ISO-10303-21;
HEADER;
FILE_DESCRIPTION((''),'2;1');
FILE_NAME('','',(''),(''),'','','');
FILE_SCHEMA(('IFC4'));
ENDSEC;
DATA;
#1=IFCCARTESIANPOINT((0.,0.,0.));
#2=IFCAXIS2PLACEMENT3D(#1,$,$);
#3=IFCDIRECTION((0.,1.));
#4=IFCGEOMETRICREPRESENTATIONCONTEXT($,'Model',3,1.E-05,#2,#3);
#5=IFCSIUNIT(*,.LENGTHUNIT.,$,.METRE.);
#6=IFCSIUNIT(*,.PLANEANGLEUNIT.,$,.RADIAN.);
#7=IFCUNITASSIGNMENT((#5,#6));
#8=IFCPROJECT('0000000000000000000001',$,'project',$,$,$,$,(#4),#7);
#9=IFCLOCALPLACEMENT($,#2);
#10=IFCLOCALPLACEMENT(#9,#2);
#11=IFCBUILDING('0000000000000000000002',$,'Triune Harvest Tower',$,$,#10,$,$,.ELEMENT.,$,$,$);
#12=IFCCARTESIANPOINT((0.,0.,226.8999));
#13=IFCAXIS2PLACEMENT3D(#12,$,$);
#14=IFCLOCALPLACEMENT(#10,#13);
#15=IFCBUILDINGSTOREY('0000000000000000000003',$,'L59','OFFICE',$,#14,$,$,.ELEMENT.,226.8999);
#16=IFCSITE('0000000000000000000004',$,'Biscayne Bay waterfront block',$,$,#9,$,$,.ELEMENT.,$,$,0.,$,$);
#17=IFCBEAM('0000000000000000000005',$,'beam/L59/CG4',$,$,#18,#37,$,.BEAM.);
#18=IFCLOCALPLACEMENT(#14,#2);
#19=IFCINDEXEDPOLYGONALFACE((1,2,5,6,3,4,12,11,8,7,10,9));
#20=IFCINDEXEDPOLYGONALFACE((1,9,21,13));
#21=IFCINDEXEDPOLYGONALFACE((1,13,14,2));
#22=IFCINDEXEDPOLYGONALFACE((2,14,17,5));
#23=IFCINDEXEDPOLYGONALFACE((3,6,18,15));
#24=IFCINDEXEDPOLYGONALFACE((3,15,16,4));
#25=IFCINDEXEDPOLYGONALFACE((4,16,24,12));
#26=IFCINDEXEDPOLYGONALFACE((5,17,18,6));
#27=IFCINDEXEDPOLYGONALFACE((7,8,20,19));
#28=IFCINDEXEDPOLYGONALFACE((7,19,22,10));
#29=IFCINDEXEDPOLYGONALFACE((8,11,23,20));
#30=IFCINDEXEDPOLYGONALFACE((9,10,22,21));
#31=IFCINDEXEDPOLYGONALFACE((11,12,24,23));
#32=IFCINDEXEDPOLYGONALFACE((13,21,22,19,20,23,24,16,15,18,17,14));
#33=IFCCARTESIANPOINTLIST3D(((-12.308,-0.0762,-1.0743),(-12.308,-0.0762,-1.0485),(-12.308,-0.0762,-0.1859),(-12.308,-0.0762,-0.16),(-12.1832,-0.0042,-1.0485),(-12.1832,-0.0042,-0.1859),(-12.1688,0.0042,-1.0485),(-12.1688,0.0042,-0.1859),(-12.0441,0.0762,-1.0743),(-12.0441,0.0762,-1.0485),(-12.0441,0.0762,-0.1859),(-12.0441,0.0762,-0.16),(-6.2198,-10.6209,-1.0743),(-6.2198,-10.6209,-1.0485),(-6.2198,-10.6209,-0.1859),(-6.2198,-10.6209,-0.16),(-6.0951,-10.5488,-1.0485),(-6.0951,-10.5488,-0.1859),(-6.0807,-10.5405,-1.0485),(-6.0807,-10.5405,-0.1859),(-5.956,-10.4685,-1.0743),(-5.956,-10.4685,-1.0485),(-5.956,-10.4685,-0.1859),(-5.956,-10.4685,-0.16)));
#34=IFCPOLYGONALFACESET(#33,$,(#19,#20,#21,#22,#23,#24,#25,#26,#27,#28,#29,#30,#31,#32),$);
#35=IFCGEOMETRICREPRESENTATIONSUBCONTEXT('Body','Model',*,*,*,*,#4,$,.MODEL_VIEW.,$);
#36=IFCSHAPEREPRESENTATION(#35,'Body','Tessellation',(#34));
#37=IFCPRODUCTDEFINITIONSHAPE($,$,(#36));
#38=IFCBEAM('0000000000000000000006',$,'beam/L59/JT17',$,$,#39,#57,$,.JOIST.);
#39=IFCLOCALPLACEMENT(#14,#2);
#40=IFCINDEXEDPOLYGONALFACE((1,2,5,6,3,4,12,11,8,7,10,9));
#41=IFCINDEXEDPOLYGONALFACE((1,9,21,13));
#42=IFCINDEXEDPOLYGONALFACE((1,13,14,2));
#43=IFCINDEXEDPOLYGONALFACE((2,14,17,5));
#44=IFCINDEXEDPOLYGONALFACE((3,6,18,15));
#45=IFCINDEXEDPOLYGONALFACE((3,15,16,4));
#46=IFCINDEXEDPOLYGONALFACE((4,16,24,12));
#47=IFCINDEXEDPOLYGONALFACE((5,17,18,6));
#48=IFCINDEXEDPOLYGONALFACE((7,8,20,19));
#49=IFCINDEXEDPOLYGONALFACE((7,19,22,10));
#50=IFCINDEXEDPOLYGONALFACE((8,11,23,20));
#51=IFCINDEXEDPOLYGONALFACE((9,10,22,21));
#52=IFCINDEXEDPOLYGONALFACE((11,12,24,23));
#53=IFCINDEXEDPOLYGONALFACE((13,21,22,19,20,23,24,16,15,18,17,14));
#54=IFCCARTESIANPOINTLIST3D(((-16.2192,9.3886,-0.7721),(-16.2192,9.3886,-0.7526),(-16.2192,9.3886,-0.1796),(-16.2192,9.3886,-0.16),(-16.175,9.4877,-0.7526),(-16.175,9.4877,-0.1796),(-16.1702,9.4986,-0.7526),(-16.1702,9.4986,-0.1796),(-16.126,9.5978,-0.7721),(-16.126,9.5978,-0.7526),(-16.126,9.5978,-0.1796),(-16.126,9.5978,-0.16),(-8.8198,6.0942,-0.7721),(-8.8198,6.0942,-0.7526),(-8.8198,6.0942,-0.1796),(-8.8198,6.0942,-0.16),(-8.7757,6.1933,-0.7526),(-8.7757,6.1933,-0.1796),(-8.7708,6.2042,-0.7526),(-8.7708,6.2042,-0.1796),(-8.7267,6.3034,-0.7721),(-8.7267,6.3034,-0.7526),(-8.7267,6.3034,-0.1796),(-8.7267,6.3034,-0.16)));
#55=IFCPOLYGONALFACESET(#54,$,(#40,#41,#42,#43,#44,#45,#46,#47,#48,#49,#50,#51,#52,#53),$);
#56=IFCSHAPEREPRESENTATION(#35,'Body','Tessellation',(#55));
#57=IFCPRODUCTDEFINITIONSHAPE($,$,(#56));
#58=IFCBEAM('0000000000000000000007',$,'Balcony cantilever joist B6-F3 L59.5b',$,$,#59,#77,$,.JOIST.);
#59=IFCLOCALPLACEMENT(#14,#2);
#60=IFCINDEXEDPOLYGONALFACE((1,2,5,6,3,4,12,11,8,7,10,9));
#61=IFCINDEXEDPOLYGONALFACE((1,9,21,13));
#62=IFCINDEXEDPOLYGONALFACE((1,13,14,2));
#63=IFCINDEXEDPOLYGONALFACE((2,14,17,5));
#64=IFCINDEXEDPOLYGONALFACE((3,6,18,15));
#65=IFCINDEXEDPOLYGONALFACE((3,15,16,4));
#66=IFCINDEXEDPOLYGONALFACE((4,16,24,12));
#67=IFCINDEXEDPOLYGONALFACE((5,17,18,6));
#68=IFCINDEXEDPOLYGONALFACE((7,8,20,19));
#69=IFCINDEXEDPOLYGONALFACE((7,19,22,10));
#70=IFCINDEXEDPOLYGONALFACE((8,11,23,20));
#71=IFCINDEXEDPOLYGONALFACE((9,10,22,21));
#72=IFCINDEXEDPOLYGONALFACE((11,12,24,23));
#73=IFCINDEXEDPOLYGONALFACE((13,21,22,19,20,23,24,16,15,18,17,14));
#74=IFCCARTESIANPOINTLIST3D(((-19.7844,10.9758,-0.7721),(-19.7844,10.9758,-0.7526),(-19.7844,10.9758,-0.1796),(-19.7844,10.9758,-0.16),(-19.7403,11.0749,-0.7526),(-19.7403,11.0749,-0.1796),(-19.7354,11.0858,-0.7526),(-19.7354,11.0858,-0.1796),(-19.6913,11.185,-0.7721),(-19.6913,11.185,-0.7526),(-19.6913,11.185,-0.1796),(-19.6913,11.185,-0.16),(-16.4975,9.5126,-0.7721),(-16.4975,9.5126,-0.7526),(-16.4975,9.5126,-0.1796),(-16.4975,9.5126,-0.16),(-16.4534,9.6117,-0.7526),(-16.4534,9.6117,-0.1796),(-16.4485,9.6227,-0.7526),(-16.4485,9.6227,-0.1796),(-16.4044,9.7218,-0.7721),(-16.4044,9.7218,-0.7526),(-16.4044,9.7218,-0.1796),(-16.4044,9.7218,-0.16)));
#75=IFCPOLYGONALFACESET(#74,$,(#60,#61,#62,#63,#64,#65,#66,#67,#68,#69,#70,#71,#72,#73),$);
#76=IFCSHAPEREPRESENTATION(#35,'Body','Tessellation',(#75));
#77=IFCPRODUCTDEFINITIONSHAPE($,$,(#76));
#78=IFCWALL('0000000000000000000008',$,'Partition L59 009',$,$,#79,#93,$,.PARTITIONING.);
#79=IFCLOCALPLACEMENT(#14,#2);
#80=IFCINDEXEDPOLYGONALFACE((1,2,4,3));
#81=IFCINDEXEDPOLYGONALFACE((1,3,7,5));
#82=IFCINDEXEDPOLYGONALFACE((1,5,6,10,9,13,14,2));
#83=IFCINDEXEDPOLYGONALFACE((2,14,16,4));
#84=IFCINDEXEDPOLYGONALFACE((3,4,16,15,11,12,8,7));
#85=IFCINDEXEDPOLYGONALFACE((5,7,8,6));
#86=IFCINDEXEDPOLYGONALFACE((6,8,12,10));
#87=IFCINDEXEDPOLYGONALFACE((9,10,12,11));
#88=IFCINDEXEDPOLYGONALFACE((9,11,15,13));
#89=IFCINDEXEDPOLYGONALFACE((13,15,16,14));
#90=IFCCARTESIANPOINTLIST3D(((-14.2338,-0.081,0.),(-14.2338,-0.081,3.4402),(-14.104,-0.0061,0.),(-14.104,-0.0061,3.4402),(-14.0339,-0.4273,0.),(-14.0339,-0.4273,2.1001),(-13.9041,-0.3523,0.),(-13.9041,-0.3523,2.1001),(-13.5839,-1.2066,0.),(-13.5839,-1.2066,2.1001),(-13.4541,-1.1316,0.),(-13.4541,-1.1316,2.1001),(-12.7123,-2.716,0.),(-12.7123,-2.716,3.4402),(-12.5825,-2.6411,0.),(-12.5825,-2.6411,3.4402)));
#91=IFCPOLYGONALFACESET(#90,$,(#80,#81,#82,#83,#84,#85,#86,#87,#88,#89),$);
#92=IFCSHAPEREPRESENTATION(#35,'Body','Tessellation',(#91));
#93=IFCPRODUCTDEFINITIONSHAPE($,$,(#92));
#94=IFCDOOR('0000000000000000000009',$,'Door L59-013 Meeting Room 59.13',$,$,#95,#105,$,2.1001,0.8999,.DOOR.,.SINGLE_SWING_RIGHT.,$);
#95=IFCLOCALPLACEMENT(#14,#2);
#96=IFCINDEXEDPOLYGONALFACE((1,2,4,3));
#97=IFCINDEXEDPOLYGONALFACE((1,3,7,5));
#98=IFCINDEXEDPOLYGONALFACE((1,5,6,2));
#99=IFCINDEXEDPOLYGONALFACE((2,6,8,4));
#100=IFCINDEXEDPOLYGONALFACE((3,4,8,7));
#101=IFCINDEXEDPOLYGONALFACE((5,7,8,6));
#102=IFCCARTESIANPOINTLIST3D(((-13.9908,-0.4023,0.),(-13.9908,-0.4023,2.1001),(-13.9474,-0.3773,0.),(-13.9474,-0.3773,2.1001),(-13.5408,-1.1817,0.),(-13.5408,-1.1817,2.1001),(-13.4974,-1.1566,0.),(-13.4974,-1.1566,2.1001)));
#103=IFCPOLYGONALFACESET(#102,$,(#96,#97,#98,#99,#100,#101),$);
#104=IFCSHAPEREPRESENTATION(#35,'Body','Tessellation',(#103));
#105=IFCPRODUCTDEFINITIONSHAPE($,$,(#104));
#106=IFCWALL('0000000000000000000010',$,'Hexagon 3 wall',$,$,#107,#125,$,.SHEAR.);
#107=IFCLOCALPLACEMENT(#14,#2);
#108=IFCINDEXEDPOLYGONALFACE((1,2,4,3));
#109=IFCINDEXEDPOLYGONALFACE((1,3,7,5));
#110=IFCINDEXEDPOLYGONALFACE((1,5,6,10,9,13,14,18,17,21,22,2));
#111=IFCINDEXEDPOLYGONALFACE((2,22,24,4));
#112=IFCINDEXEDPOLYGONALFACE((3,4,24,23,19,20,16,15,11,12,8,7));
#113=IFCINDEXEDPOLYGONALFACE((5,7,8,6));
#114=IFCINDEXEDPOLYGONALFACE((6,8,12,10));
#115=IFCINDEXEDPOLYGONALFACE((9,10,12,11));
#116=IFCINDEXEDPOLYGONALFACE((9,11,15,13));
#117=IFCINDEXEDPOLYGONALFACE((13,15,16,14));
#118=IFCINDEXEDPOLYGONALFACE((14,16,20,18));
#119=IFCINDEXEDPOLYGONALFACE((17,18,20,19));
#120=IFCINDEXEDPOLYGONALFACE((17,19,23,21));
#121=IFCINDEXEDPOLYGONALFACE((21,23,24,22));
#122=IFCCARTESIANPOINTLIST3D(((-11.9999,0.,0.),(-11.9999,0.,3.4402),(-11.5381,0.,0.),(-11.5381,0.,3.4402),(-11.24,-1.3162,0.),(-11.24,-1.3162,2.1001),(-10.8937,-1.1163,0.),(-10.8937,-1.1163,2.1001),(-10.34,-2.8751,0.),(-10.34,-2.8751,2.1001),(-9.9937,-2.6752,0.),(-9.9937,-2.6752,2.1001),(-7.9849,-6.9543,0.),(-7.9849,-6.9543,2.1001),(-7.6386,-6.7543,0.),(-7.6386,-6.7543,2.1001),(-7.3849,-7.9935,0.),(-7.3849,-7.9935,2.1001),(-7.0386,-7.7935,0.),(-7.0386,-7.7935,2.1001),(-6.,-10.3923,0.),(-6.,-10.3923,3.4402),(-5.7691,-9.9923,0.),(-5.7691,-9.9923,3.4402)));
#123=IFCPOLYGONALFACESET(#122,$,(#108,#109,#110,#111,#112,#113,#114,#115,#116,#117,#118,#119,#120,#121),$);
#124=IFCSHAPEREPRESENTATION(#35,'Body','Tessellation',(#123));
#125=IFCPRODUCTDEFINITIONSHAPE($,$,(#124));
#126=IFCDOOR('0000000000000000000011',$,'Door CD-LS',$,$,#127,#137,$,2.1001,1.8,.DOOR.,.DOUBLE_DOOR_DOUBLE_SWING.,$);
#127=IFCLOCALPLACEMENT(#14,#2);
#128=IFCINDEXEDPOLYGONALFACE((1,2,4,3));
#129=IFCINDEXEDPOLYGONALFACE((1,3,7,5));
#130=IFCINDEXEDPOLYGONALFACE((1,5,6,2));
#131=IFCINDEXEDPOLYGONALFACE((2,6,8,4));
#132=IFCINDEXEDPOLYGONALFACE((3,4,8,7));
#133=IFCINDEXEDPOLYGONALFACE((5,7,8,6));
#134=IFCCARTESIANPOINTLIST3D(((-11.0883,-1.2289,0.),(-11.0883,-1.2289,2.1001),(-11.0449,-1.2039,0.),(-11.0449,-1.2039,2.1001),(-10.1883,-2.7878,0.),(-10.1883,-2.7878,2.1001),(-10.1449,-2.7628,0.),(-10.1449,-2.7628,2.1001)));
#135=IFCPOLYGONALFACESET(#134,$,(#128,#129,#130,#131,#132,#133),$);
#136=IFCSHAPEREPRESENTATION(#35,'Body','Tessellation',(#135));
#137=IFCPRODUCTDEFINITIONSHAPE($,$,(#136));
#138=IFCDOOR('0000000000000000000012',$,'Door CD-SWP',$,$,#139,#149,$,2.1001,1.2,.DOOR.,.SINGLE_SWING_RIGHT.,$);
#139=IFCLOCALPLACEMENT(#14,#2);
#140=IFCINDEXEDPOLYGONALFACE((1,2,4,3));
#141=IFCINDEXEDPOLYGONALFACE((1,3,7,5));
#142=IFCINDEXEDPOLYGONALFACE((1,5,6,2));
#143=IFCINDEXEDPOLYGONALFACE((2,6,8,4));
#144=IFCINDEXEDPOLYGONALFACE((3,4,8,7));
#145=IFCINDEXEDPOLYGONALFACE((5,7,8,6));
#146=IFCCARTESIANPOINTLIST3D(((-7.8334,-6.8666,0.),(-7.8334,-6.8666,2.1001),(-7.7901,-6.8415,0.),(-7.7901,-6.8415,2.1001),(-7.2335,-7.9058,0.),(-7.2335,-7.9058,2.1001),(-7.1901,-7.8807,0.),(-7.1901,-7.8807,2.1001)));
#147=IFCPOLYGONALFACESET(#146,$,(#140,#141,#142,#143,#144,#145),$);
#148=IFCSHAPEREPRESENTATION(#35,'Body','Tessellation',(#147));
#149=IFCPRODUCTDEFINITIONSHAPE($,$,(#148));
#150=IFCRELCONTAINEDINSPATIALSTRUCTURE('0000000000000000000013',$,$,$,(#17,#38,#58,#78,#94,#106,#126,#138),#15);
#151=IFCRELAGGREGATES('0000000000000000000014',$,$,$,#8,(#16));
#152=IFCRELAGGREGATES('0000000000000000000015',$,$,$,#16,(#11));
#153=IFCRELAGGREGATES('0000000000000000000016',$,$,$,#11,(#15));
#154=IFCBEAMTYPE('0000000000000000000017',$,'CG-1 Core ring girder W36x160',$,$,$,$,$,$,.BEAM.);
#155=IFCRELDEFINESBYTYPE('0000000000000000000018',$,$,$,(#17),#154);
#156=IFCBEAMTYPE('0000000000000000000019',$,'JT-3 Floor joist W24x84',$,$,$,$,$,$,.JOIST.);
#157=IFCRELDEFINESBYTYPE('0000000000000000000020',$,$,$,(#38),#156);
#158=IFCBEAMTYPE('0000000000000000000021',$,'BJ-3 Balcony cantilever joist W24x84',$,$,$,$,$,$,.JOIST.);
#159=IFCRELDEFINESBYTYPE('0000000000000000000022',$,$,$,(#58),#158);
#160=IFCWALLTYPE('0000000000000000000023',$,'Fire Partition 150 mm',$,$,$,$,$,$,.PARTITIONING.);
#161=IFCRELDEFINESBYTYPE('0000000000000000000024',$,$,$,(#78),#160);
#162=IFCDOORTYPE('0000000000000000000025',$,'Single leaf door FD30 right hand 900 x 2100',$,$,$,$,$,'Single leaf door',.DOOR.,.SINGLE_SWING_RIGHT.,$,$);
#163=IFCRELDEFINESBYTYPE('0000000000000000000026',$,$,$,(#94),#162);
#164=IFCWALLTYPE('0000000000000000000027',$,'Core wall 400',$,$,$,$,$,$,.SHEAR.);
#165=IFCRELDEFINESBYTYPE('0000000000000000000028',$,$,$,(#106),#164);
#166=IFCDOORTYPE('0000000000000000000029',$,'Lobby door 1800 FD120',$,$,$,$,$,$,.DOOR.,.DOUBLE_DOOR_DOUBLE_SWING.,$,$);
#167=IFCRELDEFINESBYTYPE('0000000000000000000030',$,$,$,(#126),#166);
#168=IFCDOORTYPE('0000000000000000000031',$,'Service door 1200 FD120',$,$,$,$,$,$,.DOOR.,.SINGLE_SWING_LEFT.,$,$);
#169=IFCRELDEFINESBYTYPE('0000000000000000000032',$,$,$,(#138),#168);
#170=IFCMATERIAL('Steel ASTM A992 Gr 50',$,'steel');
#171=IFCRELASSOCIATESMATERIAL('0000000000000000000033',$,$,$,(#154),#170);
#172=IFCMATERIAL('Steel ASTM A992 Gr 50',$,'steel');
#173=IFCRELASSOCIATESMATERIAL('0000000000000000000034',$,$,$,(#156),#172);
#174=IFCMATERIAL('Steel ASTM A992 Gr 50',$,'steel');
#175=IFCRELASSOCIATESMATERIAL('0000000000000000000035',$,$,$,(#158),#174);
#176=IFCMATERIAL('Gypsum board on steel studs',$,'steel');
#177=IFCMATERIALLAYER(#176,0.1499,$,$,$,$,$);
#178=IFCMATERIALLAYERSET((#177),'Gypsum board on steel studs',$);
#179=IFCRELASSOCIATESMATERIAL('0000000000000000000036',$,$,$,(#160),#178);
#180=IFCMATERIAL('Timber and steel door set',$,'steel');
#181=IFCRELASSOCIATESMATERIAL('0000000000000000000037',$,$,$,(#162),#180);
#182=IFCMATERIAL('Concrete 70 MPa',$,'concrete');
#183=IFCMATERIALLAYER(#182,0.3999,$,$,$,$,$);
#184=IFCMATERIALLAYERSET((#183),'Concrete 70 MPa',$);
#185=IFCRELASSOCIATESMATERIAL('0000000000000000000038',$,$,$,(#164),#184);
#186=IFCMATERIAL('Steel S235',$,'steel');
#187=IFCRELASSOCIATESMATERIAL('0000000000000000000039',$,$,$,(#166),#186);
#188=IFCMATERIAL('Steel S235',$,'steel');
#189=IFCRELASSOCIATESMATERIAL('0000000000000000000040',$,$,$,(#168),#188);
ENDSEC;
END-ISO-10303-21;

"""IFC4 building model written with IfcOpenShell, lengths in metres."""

from ifc_helpers import new_model, si_unit, direction, frame, frame_2d, origin, origin_2d, place, context, subcontext, project, spatial, polyline, rectangle, i_section, outline, extrude, source, transform, mapped, material, layer, layer_set, material_profile, profile_set, type_object, element, fill, save


model = new_model("IFC4")

# Units and contexts
model_context = context("Model", 3, precision=1e-05, world=origin(), true_north=direction((0.0, 1.0)))
body_context = subcontext(model_context, "Body", "Model", "MODEL_VIEW")
ifc_project = project(units=[si_unit("LENGTHUNIT", "METRE"), si_unit("PLANEANGLEUNIT", "RADIAN")], contexts=[model_context])

# Site, building, storey
site_placement = place(None, origin())
site = spatial("IfcSite", under=ifc_project, at=site_placement, Name="Biscayne Bay waterfront block", CompositionType="ELEMENT", RefElevation=0.0)
building_placement = place(site_placement, origin())
building = spatial("IfcBuilding", under=site, at=building_placement, Name="Triune Harvest Tower", CompositionType="ELEMENT")
storey_placement = place(building_placement, frame((0.0, 0.0, 226.8999)))
storey = spatial("IfcBuildingStorey", under=building, at=storey_placement, Name="L59", Description="OFFICE", CompositionType="ELEMENT", Elevation=226.8999)

# Beams
ifc_material_1 = material(Name="Steel ASTM A992 Gr 50", Category="steel")
ifc_material_profile_1 = material_profile(ifc_material_1, i_section(OverallWidth=0.3047, OverallDepth=0.9143, WebThickness=0.0166, FlangeThickness=0.0259, at=origin_2d()), Name="W36x160")
ifc_profile_set_1 = profile_set([ifc_material_profile_1], Name="Steel ASTM A992 Gr 50")
beam_type_1 = type_object("IfcBeamType", Name="CG-1 Core ring girder W36x160", PredefinedType="BEAM", material=ifc_profile_set_1)
shared_shape_1 = source(origin(), body_context, "Body", "SweptSolid", [
    extrude(i_section(OverallWidth=0.3047, OverallDepth=0.9143, WebThickness=0.0166, FlangeThickness=0.0259, at=origin_2d()), origin(), (0.0, 0.0, 1.0), 12.176),
])
beam_1_placement = place(storey_placement, frame((-12.176, 0.0, -0.6172), z_axis=(0.50001, -0.86602, 0.0), x_axis=(0.86602, 0.50001, 0.0)))
element("IfcBeam", 1, at=beam_1_placement, inside=storey, type_object=beam_type_1, Name="beam/L59/CG4", PredefinedType="BEAM", context=body_context, shape_type="MappedRepresentation", body=[
    mapped(shared_shape_1, transform((0.0, 0.0, 0.0), scale=1.0)),
])
ifc_material_2 = material(Name="Steel ASTM A992 Gr 50", Category="steel")
ifc_material_profile_2 = material_profile(ifc_material_2, i_section(OverallWidth=0.229, OverallDepth=0.6121, WebThickness=0.012, FlangeThickness=0.0195, at=origin_2d()), Name="W24x84")
ifc_profile_set_2 = profile_set([ifc_material_profile_2], Name="Steel ASTM A992 Gr 50")
beam_type_2 = type_object("IfcBeamType", Name="JT-3 Floor joist W24x84", PredefinedType="JOIST", material=ifc_profile_set_2)
shared_shape_2 = source(origin(), body_context, "Body", "SweptSolid", [
    extrude(i_section(OverallWidth=0.229, OverallDepth=0.6121, WebThickness=0.012, FlangeThickness=0.0195, at=origin_2d()), origin(), (0.0, 0.0, 1.0), 8.0996),
])
beam_2_placement = place(storey_placement, frame((-16.1726, 9.4932, -0.4661), z_axis=(0.913545, -0.406737, 0.0), x_axis=(0.406737, 0.913545, 0.0)))
element("IfcBeam", 2, at=beam_2_placement, inside=storey, type_object=beam_type_2, Name="beam/L59/JT17", PredefinedType="JOIST", context=body_context, shape_type="MappedRepresentation", body=[
    mapped(shared_shape_2, transform((0.0, 0.0, 0.0), scale=1.0)),
])
ifc_material_3 = material(Name="Steel ASTM A992 Gr 50", Category="steel")
ifc_material_profile_3 = material_profile(ifc_material_3, i_section(OverallWidth=0.229, OverallDepth=0.6121, WebThickness=0.012, FlangeThickness=0.0195, at=origin_2d()), Name="W24x84")
ifc_profile_set_3 = profile_set([ifc_material_profile_3], Name="Steel ASTM A992 Gr 50")
beam_type_3 = type_object("IfcBeamType", Name="BJ-3 Balcony cantilever joist W24x84", PredefinedType="JOIST", material=ifc_profile_set_3)
shared_shape_3 = source(origin(), body_context, "Body", "SweptSolid", [
    extrude(i_section(OverallWidth=0.229, OverallDepth=0.6121, WebThickness=0.012, FlangeThickness=0.0195, at=origin_2d()), origin(), (0.0, 0.0, 1.0), 3.5979),
])
beam_3_placement = place(storey_placement, frame((-16.4509, 9.6172, -0.4661), z_axis=(-0.913574, 0.406674, 0.0), x_axis=(-0.406674, -0.913574, 0.0)))
element("IfcBeam", 3, at=beam_3_placement, inside=storey, type_object=beam_type_3, Name="Balcony cantilever joist B6-F3 L59.5b", PredefinedType="JOIST", context=body_context, shape_type="MappedRepresentation", body=[
    mapped(shared_shape_3, transform((0.0, 0.0, 0.0), scale=1.0)),
])

# Wall, opening, door
ifc_material_4 = material(Name="Gypsum board on steel studs", Category="steel")
ifc_layer_1 = layer(ifc_material_4, 0.1499)
ifc_layer_set_1 = layer_set([ifc_layer_1], Name="Gypsum board on steel studs")
wall_type_1 = type_object("IfcWallType", Name="Fire Partition 150 mm", PredefinedType="PARTITIONING", material=ifc_layer_set_1)
wall_1_placement = place(storey_placement, frame((-14.1689, -0.0435, 0.0), z_axis=(0.0, 0.0, 1.0), x_axis=(0.50004, -0.866003, 0.0)))
wall_1 = element("IfcWall", 4, at=wall_1_placement, inside=storey, type_object=wall_type_1, Name="Partition L59 009", PredefinedType="PARTITIONING", context=body_context, shape_type="SweptSolid", body=[
    extrude(rectangle(XDim=3.0427, YDim=0.1499, at=frame_2d((1.5215, 0.0))), origin(), (0.0, 0.0, 1.0), 3.4402),
])
opening_1_placement = place(wall_1_placement, frame((0.3999, 0.0, 0.0)))
opening_1 = element("IfcOpeningElement", 5, at=opening_1_placement, cuts=wall_1, PredefinedType="OPENING", context=body_context, shape_type="SweptSolid", body=[
    extrude(rectangle(XDim=0.8999, YDim=2.1001, at=frame_2d((0.45, 1.05))), frame((0.0, 0.085, 0.0), z_axis=(0.0, -1.0, 0.0), x_axis=(1.0, 0.0, 0.0)), (0.0, 0.0, 1.0), 0.1699),
])
ifc_material_5 = material(Name="Timber and steel door set", Category="steel")
door_type_1 = type_object("IfcDoorType", Name="Single leaf door FD30 right hand 900 x 2100", ElementType="Single leaf door", OperationType="SINGLE_SWING_RIGHT", PredefinedType="DOOR", material=ifc_material_5)
door_1_placement = place(opening_1_placement, origin())
door_1 = element("IfcDoor", 6, at=door_1_placement, inside=storey, type_object=door_type_1, Name="Door L59-013 Meeting Room 59.13", OperationType="SINGLE_SWING_RIGHT", OverallHeight=2.1001, OverallWidth=0.8999, PredefinedType="DOOR", context=body_context, shape_type="SweptSolid", body=[
    extrude(rectangle(XDim=0.8999, YDim=2.1001, at=frame_2d((0.45, 1.05))), frame((0.0, 0.0249, 0.0), z_axis=(0.0, -1.0, 0.0), x_axis=(1.0, 0.0, 0.0)), (0.0, 0.0, 1.0), 0.05),
])
fill(opening_1, door_1)

# Wall, openings, doors
ifc_material_6 = material(Name="Concrete 70 MPa", Category="concrete")
ifc_layer_2 = layer(ifc_material_6, 0.3999)
ifc_layer_set_2 = layer_set([ifc_layer_2], Name="Concrete 70 MPa")
wall_type_2 = type_object("IfcWallType", Name="Core wall 400", PredefinedType="SHEAR", material=ifc_layer_set_2)
shared_shape_4 = source(origin(), body_context, "Body", "SweptSolid", [
    extrude(outline(polyline([(-0.1155, -0.2), (11.8845, -0.2), (11.6536, 0.2), (0.1155, 0.2), (-0.1155, -0.2)])), origin(), (0.0, 0.0, 1.0), 3.4402),
])
wall_2_placement = place(storey_placement, frame((-11.769, 0.0, 0.0), z_axis=(0.0, 0.0, 1.0), x_axis=(0.499997, -0.866027, 0.0)))
wall_2 = element("IfcWall", 7, at=wall_2_placement, inside=storey, type_object=wall_type_2, Name="Hexagon 3 wall", PredefinedType="SHEAR", context=body_context, shape_type="MappedRepresentation", body=[
    mapped(shared_shape_4, transform((0.0, 0.0, 0.0), scale=1.0)),
])
opening_2_placement = place(wall_2_placement, frame((1.4045, 0.0, 0.0)))
opening_2 = element("IfcOpeningElement", 8, at=opening_2_placement, cuts=wall_2, PredefinedType="OPENING", context=body_context, shape_type="SweptSolid", body=[
    extrude(rectangle(XDim=1.8, YDim=2.1001, at=frame_2d((0.8999, 1.05))), frame((0.0, 0.21, 0.0), z_axis=(0.0, -1.0, 0.0), x_axis=(1.0, 0.0, 0.0)), (0.0, 0.0, 1.0), 0.4199),
])
opening_3_placement = place(wall_2_placement, frame((7.9146, 0.0, 0.0)))
opening_3 = element("IfcOpeningElement", 9, at=opening_3_placement, cuts=wall_2, PredefinedType="OPENING", context=body_context, shape_type="SweptSolid", body=[
    extrude(rectangle(XDim=1.2, YDim=2.1001, at=frame_2d((0.6001, 1.05))), frame((0.0, 0.21, 0.0), z_axis=(0.0, -1.0, 0.0), x_axis=(1.0, 0.0, 0.0)), (0.0, 0.0, 1.0), 0.4199),
])
ifc_material_7 = material(Name="Steel S235", Category="steel")
door_type_2 = type_object("IfcDoorType", Name="Lobby door 1800 FD120", OperationType="DOUBLE_DOOR_DOUBLE_SWING", PredefinedType="DOOR", material=ifc_material_7)
door_2_placement = place(opening_2_placement, frame((1.8, 0.0, 0.0), z_axis=(0.0, 0.0, 1.0), x_axis=(-1.0, 0.0, 0.0)))
door_2 = element("IfcDoor", 10, at=door_2_placement, inside=storey, type_object=door_type_2, Name="Door CD-LS", OperationType="DOUBLE_DOOR_DOUBLE_SWING", OverallHeight=2.1001, OverallWidth=1.8, PredefinedType="DOOR", context=body_context, shape_type="SweptSolid", body=[
    extrude(rectangle(XDim=1.8, YDim=2.1001, at=frame_2d((0.8999, 1.05))), frame((0.0, 0.0249, 0.0), z_axis=(0.0, -1.0, 0.0), x_axis=(1.0, 0.0, 0.0)), (0.0, 0.0, 1.0), 0.05),
])
fill(opening_2, door_2)
ifc_material_8 = material(Name="Steel S235", Category="steel")
door_type_3 = type_object("IfcDoorType", Name="Service door 1200 FD120", OperationType="SINGLE_SWING_LEFT", PredefinedType="DOOR", material=ifc_material_8)
door_3_placement = place(opening_3_placement, frame((1.2, 0.0, 0.0), z_axis=(0.0, 0.0, 1.0), x_axis=(-1.0, 0.0, 0.0)))
door_3 = element("IfcDoor", 11, at=door_3_placement, inside=storey, type_object=door_type_3, Name="Door CD-SWP", OperationType="SINGLE_SWING_RIGHT", OverallHeight=2.1001, OverallWidth=1.2, PredefinedType="DOOR", context=body_context, shape_type="SweptSolid", body=[
    extrude(rectangle(XDim=1.2, YDim=2.1001, at=frame_2d((0.6001, 1.05))), frame((0.0, 0.0249, 0.0), z_axis=(0.0, -1.0, 0.0), x_axis=(1.0, 0.0, 0.0)), (0.0, 0.0, 1.0), 0.05),
])
fill(opening_3, door_3)

save(model, "model.ifc")
